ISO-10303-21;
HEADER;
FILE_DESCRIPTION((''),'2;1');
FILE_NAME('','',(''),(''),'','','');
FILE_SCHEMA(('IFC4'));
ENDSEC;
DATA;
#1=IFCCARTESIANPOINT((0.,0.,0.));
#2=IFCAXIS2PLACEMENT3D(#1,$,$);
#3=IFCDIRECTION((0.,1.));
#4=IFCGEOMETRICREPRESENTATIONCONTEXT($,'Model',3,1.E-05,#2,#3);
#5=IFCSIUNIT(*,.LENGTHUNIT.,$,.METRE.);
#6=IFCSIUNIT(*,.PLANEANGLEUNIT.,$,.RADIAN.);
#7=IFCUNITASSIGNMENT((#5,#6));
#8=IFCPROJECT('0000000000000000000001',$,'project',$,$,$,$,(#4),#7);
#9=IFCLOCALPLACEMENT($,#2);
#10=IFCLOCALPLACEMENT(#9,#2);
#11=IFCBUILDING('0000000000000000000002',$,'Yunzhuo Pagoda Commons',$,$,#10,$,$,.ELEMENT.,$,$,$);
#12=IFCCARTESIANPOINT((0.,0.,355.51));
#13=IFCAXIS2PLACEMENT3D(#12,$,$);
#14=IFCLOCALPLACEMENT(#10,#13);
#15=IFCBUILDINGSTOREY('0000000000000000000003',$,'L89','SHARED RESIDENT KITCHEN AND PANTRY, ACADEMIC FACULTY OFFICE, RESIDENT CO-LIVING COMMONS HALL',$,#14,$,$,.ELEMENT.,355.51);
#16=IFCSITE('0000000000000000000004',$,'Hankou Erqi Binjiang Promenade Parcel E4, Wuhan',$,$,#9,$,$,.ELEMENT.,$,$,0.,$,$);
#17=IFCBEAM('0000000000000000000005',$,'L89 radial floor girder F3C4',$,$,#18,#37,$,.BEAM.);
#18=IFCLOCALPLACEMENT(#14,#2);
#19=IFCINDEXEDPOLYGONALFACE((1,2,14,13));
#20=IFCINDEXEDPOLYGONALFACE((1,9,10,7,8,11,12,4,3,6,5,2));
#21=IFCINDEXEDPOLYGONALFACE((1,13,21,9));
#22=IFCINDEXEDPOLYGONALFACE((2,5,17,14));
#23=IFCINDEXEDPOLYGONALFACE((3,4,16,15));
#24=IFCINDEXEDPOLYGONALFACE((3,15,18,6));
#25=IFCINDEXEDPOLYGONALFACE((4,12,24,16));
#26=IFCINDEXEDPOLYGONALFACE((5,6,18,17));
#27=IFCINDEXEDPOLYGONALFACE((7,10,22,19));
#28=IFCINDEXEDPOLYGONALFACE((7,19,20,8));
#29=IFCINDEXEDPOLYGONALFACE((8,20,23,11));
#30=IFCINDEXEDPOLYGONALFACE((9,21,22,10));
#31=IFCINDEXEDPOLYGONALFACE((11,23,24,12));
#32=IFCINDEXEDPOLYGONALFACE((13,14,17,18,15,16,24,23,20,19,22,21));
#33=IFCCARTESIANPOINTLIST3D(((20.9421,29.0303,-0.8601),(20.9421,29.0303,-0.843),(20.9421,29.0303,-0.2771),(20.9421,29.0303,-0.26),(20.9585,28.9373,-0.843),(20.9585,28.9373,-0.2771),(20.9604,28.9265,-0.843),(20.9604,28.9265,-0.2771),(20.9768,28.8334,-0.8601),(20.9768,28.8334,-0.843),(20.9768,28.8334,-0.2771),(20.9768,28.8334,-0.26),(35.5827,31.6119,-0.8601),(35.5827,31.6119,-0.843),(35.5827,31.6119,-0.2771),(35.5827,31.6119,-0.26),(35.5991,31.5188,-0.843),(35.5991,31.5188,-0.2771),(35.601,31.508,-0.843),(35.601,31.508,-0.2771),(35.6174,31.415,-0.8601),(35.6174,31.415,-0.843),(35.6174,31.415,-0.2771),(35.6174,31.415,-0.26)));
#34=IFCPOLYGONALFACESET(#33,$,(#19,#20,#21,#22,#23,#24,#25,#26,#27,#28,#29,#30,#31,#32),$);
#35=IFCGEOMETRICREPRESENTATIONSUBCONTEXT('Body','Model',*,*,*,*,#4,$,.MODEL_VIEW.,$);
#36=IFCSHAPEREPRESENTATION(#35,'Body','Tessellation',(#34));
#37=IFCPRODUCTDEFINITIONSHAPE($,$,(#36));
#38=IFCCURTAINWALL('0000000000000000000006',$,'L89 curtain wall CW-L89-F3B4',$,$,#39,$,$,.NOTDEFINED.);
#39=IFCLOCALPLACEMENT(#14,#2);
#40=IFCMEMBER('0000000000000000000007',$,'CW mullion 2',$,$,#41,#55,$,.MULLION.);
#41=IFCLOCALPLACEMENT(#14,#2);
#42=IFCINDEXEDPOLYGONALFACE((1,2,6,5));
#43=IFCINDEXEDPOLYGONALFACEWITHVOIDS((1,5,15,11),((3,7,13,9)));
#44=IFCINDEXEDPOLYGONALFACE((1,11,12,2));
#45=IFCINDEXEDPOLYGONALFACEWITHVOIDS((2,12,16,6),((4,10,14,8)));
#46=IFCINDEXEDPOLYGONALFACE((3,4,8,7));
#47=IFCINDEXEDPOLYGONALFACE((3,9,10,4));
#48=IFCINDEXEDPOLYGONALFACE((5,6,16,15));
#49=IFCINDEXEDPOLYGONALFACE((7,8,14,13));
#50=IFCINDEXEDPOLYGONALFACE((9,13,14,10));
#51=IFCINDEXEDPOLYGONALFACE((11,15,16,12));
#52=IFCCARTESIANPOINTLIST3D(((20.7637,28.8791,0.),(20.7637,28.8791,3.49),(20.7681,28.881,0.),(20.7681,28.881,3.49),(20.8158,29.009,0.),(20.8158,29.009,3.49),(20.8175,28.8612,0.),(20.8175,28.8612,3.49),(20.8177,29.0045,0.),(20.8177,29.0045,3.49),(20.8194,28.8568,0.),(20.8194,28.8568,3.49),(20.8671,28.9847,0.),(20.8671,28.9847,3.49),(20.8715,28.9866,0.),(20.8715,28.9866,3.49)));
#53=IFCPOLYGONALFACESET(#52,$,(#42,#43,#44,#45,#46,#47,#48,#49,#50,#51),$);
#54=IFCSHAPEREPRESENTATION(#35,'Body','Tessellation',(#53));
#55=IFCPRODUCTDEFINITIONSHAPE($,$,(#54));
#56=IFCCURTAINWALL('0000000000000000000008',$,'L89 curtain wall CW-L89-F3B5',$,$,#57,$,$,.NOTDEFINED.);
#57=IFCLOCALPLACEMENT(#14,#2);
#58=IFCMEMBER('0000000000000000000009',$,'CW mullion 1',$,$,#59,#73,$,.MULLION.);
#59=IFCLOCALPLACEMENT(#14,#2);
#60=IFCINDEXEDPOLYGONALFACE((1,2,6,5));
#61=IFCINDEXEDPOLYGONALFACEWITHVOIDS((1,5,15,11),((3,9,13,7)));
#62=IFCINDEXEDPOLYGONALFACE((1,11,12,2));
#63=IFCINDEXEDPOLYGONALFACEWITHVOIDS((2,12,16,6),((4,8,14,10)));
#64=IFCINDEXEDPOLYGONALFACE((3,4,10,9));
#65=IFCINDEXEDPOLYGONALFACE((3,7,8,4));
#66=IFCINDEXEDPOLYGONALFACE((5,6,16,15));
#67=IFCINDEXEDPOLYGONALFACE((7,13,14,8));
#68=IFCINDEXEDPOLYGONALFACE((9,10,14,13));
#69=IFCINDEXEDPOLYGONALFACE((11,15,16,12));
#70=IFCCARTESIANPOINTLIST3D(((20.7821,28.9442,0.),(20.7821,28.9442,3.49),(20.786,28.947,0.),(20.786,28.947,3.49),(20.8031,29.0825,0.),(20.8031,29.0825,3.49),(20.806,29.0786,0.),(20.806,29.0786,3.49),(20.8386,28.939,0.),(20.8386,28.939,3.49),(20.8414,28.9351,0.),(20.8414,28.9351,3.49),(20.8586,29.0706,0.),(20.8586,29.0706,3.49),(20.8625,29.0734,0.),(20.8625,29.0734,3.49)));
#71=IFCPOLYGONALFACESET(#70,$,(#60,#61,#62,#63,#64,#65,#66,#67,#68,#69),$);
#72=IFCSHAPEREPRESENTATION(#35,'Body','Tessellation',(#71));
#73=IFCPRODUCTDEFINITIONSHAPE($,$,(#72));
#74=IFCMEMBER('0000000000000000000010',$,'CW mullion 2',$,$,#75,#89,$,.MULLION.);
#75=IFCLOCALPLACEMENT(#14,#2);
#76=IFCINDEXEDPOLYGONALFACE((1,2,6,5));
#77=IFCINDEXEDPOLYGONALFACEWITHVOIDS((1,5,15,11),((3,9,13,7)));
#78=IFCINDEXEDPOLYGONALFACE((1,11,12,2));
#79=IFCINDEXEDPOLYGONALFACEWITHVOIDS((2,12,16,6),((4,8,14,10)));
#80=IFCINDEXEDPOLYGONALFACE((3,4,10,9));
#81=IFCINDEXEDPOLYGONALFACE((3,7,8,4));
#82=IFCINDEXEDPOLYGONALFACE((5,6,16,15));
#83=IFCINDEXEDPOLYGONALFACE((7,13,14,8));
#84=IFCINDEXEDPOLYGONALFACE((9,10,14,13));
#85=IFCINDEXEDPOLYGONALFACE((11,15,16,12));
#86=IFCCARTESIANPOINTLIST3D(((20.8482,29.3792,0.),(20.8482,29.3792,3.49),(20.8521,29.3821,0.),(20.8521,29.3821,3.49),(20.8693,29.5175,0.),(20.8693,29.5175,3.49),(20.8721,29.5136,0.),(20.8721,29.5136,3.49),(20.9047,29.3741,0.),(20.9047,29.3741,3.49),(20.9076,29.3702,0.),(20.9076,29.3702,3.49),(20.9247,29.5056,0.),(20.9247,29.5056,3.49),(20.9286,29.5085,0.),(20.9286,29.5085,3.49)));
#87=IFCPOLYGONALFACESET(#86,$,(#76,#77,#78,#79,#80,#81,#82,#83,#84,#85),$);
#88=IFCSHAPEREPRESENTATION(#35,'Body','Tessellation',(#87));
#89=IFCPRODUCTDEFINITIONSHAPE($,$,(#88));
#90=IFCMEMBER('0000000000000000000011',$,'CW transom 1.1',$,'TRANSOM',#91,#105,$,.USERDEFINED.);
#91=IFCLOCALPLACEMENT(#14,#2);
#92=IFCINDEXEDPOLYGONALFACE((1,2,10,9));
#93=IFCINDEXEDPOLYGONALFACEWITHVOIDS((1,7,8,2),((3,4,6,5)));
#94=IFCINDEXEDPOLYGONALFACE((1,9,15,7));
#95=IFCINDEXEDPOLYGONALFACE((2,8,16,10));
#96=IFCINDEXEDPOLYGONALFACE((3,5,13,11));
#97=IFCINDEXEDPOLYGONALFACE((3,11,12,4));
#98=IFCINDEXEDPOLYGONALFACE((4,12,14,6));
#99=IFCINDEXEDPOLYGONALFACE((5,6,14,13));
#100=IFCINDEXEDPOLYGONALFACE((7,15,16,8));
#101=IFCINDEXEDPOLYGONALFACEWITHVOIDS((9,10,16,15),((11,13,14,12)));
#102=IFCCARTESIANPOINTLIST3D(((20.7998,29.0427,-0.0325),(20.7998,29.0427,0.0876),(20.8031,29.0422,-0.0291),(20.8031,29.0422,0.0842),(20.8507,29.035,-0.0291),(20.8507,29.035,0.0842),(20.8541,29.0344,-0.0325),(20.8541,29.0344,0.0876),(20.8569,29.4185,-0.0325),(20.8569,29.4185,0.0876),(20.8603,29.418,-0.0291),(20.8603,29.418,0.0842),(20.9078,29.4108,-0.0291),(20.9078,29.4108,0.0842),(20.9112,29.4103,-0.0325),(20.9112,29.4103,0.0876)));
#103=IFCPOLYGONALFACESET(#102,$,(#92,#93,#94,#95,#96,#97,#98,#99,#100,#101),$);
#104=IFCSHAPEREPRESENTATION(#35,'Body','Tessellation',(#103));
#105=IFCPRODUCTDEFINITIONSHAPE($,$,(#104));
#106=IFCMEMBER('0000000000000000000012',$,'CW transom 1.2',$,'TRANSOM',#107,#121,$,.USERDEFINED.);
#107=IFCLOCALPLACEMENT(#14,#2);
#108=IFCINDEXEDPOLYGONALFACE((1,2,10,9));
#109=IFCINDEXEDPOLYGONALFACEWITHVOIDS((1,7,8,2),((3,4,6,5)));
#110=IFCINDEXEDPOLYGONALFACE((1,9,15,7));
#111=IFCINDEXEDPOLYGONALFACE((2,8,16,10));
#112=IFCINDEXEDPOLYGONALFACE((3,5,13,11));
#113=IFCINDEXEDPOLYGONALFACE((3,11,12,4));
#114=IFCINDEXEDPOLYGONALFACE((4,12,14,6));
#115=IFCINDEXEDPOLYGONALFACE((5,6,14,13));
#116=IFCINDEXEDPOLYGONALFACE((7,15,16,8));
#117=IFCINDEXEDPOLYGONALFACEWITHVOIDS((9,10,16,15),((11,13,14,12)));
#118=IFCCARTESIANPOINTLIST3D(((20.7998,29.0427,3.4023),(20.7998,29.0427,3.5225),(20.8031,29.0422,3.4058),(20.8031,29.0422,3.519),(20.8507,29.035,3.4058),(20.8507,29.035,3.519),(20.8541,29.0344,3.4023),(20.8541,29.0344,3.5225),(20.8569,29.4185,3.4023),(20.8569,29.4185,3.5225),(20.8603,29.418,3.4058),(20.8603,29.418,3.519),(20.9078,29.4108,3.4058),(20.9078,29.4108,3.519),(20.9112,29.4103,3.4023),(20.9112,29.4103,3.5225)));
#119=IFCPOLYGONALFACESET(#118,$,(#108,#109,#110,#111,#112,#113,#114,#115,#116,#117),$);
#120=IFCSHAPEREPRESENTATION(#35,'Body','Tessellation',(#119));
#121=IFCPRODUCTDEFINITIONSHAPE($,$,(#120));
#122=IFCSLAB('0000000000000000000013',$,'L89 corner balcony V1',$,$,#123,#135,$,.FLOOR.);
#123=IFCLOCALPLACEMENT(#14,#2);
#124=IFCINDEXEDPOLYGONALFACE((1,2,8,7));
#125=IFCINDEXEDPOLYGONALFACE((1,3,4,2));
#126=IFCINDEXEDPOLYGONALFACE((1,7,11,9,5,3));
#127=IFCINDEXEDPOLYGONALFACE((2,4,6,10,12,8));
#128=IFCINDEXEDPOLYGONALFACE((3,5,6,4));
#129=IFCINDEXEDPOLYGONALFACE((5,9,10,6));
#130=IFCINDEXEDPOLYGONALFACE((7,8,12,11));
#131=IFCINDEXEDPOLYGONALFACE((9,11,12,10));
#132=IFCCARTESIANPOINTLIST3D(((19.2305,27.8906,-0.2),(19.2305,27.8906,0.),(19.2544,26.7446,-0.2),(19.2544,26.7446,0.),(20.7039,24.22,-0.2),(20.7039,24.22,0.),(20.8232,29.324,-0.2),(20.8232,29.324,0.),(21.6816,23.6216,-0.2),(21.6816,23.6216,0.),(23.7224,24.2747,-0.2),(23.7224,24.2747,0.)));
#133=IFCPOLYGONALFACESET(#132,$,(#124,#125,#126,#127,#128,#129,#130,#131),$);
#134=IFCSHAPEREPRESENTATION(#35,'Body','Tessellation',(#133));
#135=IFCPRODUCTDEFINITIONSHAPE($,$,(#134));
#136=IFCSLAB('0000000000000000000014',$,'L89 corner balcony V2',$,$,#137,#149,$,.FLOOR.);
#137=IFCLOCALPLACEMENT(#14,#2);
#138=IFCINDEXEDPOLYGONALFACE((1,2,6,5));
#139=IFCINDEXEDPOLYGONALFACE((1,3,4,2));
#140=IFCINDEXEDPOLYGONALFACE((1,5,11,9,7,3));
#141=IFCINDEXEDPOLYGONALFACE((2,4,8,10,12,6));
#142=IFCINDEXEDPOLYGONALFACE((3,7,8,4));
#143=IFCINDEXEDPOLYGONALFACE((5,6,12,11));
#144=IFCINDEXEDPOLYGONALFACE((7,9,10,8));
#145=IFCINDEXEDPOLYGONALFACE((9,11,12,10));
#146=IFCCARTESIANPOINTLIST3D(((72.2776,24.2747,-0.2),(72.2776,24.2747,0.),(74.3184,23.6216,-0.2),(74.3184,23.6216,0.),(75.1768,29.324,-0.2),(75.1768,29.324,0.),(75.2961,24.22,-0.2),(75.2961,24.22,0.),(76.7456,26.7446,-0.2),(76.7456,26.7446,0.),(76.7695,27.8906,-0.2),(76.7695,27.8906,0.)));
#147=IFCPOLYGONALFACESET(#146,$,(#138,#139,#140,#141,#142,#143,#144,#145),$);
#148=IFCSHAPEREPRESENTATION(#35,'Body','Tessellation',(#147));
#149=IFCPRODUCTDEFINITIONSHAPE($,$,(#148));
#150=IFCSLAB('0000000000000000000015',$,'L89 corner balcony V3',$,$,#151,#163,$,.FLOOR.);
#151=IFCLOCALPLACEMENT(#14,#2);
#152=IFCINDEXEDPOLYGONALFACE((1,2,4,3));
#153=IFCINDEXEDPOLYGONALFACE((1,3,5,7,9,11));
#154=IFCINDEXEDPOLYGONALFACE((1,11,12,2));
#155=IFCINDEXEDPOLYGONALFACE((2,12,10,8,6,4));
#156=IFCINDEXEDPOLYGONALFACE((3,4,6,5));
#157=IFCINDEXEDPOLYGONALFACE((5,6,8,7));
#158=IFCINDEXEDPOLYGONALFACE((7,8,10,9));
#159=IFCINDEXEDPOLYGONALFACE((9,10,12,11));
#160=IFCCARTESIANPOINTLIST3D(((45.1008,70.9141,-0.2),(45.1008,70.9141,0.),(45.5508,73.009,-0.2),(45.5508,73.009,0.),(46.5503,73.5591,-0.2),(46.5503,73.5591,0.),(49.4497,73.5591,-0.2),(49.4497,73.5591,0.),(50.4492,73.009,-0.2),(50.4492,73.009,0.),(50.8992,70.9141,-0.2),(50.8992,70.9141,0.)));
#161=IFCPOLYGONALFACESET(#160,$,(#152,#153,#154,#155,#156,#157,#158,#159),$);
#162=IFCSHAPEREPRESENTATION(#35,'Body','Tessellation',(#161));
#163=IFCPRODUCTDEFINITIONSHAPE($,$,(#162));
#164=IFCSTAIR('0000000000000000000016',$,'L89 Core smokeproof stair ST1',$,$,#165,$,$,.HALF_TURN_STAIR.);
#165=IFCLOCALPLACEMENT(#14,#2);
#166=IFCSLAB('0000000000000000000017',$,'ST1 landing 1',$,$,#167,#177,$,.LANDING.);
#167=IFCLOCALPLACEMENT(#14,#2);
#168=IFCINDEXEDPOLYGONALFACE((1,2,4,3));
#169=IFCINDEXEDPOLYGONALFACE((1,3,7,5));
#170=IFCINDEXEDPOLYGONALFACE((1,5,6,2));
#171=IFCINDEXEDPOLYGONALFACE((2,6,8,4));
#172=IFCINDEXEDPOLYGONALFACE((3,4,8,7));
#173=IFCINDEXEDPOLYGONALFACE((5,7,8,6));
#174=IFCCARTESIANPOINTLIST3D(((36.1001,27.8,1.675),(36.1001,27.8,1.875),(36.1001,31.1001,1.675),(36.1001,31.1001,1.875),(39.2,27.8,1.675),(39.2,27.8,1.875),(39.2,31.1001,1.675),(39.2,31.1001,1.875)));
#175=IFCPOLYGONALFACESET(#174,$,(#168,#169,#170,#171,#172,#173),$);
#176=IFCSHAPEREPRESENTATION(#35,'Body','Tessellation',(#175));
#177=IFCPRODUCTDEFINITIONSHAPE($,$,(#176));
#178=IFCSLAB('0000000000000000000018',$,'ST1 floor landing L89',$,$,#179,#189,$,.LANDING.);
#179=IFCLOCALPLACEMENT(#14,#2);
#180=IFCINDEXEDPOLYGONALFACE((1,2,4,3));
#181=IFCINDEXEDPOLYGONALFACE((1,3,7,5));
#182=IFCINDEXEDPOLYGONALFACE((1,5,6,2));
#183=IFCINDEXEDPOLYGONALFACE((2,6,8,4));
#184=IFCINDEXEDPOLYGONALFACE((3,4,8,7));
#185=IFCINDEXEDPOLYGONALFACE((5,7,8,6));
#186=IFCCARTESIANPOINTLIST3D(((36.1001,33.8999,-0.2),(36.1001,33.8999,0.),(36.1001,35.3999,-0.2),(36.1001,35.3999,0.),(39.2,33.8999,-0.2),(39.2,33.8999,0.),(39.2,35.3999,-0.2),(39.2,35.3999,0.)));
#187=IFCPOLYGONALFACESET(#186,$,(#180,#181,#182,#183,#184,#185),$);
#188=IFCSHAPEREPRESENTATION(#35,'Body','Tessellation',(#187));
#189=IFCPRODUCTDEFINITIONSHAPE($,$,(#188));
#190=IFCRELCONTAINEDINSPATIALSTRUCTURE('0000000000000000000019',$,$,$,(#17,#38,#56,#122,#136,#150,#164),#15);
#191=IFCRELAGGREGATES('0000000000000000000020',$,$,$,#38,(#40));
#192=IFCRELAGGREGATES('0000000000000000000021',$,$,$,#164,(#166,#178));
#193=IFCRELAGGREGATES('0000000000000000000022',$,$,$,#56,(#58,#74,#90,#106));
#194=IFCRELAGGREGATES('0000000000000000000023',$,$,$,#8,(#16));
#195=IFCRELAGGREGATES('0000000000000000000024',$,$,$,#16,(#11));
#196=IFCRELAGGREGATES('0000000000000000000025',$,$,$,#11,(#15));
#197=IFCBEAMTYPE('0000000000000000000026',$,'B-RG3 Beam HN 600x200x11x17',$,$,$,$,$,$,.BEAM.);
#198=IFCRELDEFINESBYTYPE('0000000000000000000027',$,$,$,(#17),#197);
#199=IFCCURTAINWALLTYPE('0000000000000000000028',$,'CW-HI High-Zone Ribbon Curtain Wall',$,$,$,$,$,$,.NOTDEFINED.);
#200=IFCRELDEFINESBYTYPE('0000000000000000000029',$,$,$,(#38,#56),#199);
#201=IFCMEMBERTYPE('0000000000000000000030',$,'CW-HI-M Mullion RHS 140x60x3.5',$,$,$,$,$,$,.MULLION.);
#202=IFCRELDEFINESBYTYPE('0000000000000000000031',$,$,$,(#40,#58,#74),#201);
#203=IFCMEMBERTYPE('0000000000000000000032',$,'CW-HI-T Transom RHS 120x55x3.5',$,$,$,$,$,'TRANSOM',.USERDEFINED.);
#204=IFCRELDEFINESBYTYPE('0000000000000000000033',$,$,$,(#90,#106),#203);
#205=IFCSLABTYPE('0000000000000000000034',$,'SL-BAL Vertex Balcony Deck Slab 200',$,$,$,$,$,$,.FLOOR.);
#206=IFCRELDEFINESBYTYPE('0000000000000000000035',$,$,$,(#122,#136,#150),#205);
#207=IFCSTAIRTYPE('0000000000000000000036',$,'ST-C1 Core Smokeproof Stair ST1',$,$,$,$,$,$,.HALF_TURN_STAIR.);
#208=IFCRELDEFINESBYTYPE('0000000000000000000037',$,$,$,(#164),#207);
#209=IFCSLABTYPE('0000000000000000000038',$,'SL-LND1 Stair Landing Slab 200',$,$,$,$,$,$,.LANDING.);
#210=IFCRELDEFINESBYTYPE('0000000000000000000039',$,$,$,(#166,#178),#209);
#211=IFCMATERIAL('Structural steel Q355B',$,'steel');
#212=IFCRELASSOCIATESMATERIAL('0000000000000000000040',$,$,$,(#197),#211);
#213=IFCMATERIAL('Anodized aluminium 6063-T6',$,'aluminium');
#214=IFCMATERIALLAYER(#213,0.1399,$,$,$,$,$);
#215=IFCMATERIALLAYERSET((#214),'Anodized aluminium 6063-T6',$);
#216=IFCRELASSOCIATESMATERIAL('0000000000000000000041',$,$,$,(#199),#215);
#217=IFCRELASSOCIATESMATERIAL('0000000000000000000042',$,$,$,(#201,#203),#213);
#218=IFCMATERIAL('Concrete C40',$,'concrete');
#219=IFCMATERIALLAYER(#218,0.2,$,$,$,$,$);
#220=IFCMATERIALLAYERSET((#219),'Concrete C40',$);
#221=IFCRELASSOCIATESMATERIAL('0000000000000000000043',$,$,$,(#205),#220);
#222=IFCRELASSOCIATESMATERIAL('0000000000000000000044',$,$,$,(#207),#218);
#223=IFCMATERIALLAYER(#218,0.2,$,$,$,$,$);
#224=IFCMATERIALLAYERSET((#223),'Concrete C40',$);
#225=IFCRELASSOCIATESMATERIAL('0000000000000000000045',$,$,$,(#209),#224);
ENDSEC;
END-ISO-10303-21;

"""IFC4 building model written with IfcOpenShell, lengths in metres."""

from ifc_helpers import new_model, si_unit, direction, frame, origin, origin_2d, place, context, subcontext, project, spatial, polyline, hollow_rectangle, i_section, outline, extrude, source, transform, mapped, material, layer, layer_set, material_profile, profile_set, type_object, element, aggregate, save


model = new_model("IFC4")

# Units and contexts
model_context = context("Model", 3, precision=1e-05, world=origin(), true_north=direction((0.0, 1.0)))
body_context = subcontext(model_context, "Body", "Model", "MODEL_VIEW")
ifc_project = project(units=[si_unit("LENGTHUNIT", "METRE"), si_unit("PLANEANGLEUNIT", "RADIAN")], contexts=[model_context])

# Site, building, storey
site_placement = place(None, origin())
site = spatial("IfcSite", under=ifc_project, at=site_placement, Name="Hankou Erqi Binjiang Promenade Parcel E4, Wuhan", CompositionType="ELEMENT", RefElevation=0.0)
building_placement = place(site_placement, origin())
building = spatial("IfcBuilding", under=site, at=building_placement, Name="Yunzhuo Pagoda Commons", CompositionType="ELEMENT")
storey_placement = place(building_placement, frame((0.0, 0.0, 355.51)))
storey = spatial("IfcBuildingStorey", under=building, at=storey_placement, Name="L89", Description="SHARED RESIDENT KITCHEN AND PANTRY, ACADEMIC FACULTY OFFICE, RESIDENT CO-LIVING COMMONS HALL", CompositionType="ELEMENT", Elevation=355.51)

# Beam
ifc_material_1 = material(Name="Structural steel Q355B", Category="steel")
ifc_material_profile_1 = material_profile(ifc_material_1, i_section(OverallWidth=0.2, OverallDepth=0.6001, WebThickness=0.011, FlangeThickness=0.0171, at=origin_2d()), Name="Structural steel Q355B")
ifc_profile_set_1 = profile_set([ifc_material_profile_1], Name="Structural steel Q355B")
beam_type = type_object("IfcBeamType", Name="B-RG3 Beam HN 600x200x11x17", PredefinedType="BEAM", material=ifc_profile_set_1)
shared_shape_1 = source(origin(), body_context, "Body", "SweptSolid", [
    extrude(i_section(OverallWidth=0.2, OverallDepth=0.6001, WebThickness=0.011, FlangeThickness=0.0171, at=origin_2d()), origin(), (0.0, 0.0, 1.0), 14.8665),
])
beam_placement = place(storey_placement, frame((20.9595, 28.9319, -0.5601), z_axis=(0.984808, 0.173649, 0.0), x_axis=(-0.173649, 0.984808, 0.0)))
element("IfcBeam", 1, at=beam_placement, inside=storey, type_object=beam_type, Name="L89 radial floor girder F3C4", PredefinedType="BEAM", context=body_context, shape_type="MappedRepresentation", body=[
    mapped(shared_shape_1, transform((0.0, 0.0, 0.0), scale=1.0)),
])

# Curtain wall, member
ifc_material_2 = material(Name="Anodized aluminium 6063-T6", Category="aluminium")
ifc_layer_1 = layer(ifc_material_2, 0.1399)
ifc_layer_set_1 = layer_set([ifc_layer_1], Name="Anodized aluminium 6063-T6")
curtain_wall_type = type_object("IfcCurtainWallType", Name="CW-HI High-Zone Ribbon Curtain Wall", PredefinedType="NOTDEFINED", material=ifc_layer_set_1)
curtain_wall_1_placement = place(storey_placement, origin())
curtain_wall_1 = element("IfcCurtainWall", 2, at=curtain_wall_1_placement, inside=storey, type_object=curtain_wall_type, Name="L89 curtain wall CW-L89-F3B4", PredefinedType="NOTDEFINED")
ifc_material_profile_2 = material_profile(ifc_material_2, hollow_rectangle(XDim=0.0601, YDim=0.1399, WallThickness=0.0034, at=origin_2d()), Name="Anodized aluminium 6063-T6")
ifc_profile_set_2 = profile_set([ifc_material_profile_2], Name="Anodized aluminium 6063-T6")
member_type_1 = type_object("IfcMemberType", Name="CW-HI-M Mullion RHS 140x60x3.5", PredefinedType="MULLION", material=ifc_profile_set_2)
shared_shape_2 = source(origin(), body_context, "Body", "SweptSolid", [
    extrude(hollow_rectangle(XDim=0.0601, YDim=0.1399, WallThickness=0.0034, at=origin_2d()), origin(), (0.0, 0.0, 1.0), 3.49),
])
member_1_placement = place(storey_placement, frame((20.8176, 28.9329, 0.0), z_axis=(0.0, 0.0, 1.0), x_axis=(0.928039, -0.372483, 0.0)))
member_1 = element("IfcMember", 3, at=member_1_placement, type_object=member_type_1, Name="CW mullion 2", PredefinedType="MULLION", context=body_context, shape_type="MappedRepresentation", body=[
    mapped(shared_shape_2, transform((0.0, 0.0, 0.0), scale=1.0)),
])
aggregate(curtain_wall_1, [member_1])

# Curtain wall, members
curtain_wall_2_placement = place(storey_placement, origin())
curtain_wall_2 = element("IfcCurtainWall", 4, at=curtain_wall_2_placement, inside=storey, type_object=curtain_wall_type, Name="L89 curtain wall CW-L89-F3B5", PredefinedType="NOTDEFINED")
member_2_placement = place(storey_placement, frame((20.8223, 29.0088, 0.0), z_axis=(0.0, 0.0, 1.0), x_axis=(-0.988629, 0.150374, 0.0)))
member_2 = element("IfcMember", 5, at=member_2_placement, type_object=member_type_1, Name="CW mullion 1", PredefinedType="MULLION", context=body_context, shape_type="MappedRepresentation", body=[
    mapped(shared_shape_2, transform((0.0, 0.0, 0.0), scale=1.0)),
])
member_3_placement = place(storey_placement, frame((20.8884, 29.4438, 0.0), z_axis=(0.0, 0.0, 1.0), x_axis=(-0.988629, 0.150374, 0.0)))
member_3 = element("IfcMember", 6, at=member_3_placement, type_object=member_type_1, Name="CW mullion 2", PredefinedType="MULLION", context=body_context, shape_type="MappedRepresentation", body=[
    mapped(shared_shape_2, transform((0.0, 0.0, 0.0), scale=1.0)),
])
ifc_material_profile_3 = material_profile(ifc_material_2, hollow_rectangle(XDim=0.0549, YDim=0.1201, WallThickness=0.0034, at=origin_2d()), Name="Anodized aluminium 6063-T6")
ifc_profile_set_3 = profile_set([ifc_material_profile_3], Name="Anodized aluminium 6063-T6")
member_type_2 = type_object("IfcMemberType", Name="CW-HI-T Transom RHS 120x55x3.5", ElementType="TRANSOM", PredefinedType="USERDEFINED", material=ifc_profile_set_3)
shared_shape_3 = source(origin(), body_context, "Body", "SweptSolid", [
    extrude(hollow_rectangle(XDim=0.0549, YDim=0.1201, WallThickness=0.0034, at=origin_2d()), origin(), (0.0, 0.0, 1.0), 0.3801),
])
member_4_placement = place(storey_placement, frame((20.8269, 29.0386, 0.0276), z_axis=(0.150319, 0.988638, 0.0), x_axis=(-0.988638, 0.150319, 0.0)))
member_4 = element("IfcMember", 7, at=member_4_placement, type_object=member_type_2, Name="CW transom 1.1", ObjectType="TRANSOM", PredefinedType="USERDEFINED", context=body_context, shape_type="MappedRepresentation", body=[
    mapped(shared_shape_3, transform((0.0, 0.0, 0.0), scale=1.0)),
])
member_5_placement = place(storey_placement, frame((20.8269, 29.0386, 3.4624), z_axis=(0.150319, 0.988638, 0.0), x_axis=(-0.988638, 0.150319, 0.0)))
member_5 = element("IfcMember", 8, at=member_5_placement, type_object=member_type_2, Name="CW transom 1.2", ObjectType="TRANSOM", PredefinedType="USERDEFINED", context=body_context, shape_type="MappedRepresentation", body=[
    mapped(shared_shape_3, transform((0.0, 0.0, 0.0), scale=1.0)),
])

# Slabs
ifc_material_3 = material(Name="Concrete C40", Category="concrete")
ifc_layer_2 = layer(ifc_material_3, 0.2)
ifc_layer_set_2 = layer_set([ifc_layer_2], Name="Concrete C40")
slab_type_1 = type_object("IfcSlabType", Name="SL-BAL Vertex Balcony Deck Slab 200", PredefinedType="FLOOR", material=ifc_layer_set_2)
slab_1_placement = place(storey_placement, frame((0.0, 0.0, -0.2)))
element("IfcSlab", 9, at=slab_1_placement, inside=storey, type_object=slab_type_1, Name="L89 corner balcony V1", PredefinedType="FLOOR", context=body_context, shape_type="SweptSolid", body=[
    extrude(outline(polyline([(20.8232, 29.324), (23.7224, 24.2747), (21.6816, 23.6216), (20.7039, 24.22), (19.2544, 26.7446), (19.2305, 27.8906), (20.8232, 29.324)])), origin(), (0.0, 0.0, 1.0), 0.2),
])
slab_2_placement = place(storey_placement, frame((0.0, 0.0, -0.2)))
element("IfcSlab", 10, at=slab_2_placement, inside=storey, type_object=slab_type_1, Name="L89 corner balcony V2", PredefinedType="FLOOR", context=body_context, shape_type="SweptSolid", body=[
    extrude(outline(polyline([(72.2776, 24.2747), (75.1768, 29.324), (76.7695, 27.8906), (76.7456, 26.7446), (75.2961, 24.22), (74.3184, 23.6216), (72.2776, 24.2747)])), origin(), (0.0, 0.0, 1.0), 0.2),
])
slab_3_placement = place(storey_placement, frame((0.0, 0.0, -0.2)))
element("IfcSlab", 11, at=slab_3_placement, inside=storey, type_object=slab_type_1, Name="L89 corner balcony V3", PredefinedType="FLOOR", context=body_context, shape_type="SweptSolid", body=[
    extrude(outline(polyline([(50.8992, 70.9141), (45.1008, 70.9141), (45.5508, 73.009), (46.5503, 73.5591), (49.4497, 73.5591), (50.4492, 73.009), (50.8992, 70.9141)])), origin(), (0.0, 0.0, 1.0), 0.2),
])

# Stair, slabs
stair_type_1 = type_object("IfcStairType", Name="ST-C1 Core Smokeproof Stair ST1", PredefinedType="HALF_TURN_STAIR", material=ifc_material_3)
stair_1_placement = place(storey_placement, origin())
stair_1 = element("IfcStair", 12, at=stair_1_placement, inside=storey, type_object=stair_type_1, Name="L89 Core smokeproof stair ST1", PredefinedType="HALF_TURN_STAIR")
ifc_layer_3 = layer(ifc_material_3, 0.2)
ifc_layer_set_3 = layer_set([ifc_layer_3], Name="Concrete C40")
slab_type_2 = type_object("IfcSlabType", Name="SL-LND1 Stair Landing Slab 200", PredefinedType="LANDING", material=ifc_layer_set_3)
slab_4_placement = place(storey_placement, frame((0.0, 0.0, 1.675)))
slab_4 = element("IfcSlab", 13, at=slab_4_placement, type_object=slab_type_2, Name="ST1 landing 1", PredefinedType="LANDING", context=body_context, shape_type="SweptSolid", body=[
    extrude(outline(polyline([(36.1001, 31.1001), (36.1001, 27.8), (39.2, 27.8), (39.2, 31.1001), (36.1001, 31.1001)])), origin(), (0.0, 0.0, 1.0), 0.2),
])
slab_5_placement = place(storey_placement, frame((0.0, 0.0, -0.2)))
slab_5 = element("IfcSlab", 14, at=slab_5_placement, type_object=slab_type_2, Name="ST1 floor landing L89", PredefinedType="LANDING", context=body_context, shape_type="SweptSolid", body=[
    extrude(outline(polyline([(36.1001, 35.3999), (36.1001, 33.8999), (39.2, 33.8999), (39.2, 35.3999), (36.1001, 35.3999)])), origin(), (0.0, 0.0, 1.0), 0.2),
])
aggregate(stair_1, [slab_4, slab_5])

aggregate(curtain_wall_2, [member_2, member_3, member_4, member_5])

save(model, "model.ifc")
